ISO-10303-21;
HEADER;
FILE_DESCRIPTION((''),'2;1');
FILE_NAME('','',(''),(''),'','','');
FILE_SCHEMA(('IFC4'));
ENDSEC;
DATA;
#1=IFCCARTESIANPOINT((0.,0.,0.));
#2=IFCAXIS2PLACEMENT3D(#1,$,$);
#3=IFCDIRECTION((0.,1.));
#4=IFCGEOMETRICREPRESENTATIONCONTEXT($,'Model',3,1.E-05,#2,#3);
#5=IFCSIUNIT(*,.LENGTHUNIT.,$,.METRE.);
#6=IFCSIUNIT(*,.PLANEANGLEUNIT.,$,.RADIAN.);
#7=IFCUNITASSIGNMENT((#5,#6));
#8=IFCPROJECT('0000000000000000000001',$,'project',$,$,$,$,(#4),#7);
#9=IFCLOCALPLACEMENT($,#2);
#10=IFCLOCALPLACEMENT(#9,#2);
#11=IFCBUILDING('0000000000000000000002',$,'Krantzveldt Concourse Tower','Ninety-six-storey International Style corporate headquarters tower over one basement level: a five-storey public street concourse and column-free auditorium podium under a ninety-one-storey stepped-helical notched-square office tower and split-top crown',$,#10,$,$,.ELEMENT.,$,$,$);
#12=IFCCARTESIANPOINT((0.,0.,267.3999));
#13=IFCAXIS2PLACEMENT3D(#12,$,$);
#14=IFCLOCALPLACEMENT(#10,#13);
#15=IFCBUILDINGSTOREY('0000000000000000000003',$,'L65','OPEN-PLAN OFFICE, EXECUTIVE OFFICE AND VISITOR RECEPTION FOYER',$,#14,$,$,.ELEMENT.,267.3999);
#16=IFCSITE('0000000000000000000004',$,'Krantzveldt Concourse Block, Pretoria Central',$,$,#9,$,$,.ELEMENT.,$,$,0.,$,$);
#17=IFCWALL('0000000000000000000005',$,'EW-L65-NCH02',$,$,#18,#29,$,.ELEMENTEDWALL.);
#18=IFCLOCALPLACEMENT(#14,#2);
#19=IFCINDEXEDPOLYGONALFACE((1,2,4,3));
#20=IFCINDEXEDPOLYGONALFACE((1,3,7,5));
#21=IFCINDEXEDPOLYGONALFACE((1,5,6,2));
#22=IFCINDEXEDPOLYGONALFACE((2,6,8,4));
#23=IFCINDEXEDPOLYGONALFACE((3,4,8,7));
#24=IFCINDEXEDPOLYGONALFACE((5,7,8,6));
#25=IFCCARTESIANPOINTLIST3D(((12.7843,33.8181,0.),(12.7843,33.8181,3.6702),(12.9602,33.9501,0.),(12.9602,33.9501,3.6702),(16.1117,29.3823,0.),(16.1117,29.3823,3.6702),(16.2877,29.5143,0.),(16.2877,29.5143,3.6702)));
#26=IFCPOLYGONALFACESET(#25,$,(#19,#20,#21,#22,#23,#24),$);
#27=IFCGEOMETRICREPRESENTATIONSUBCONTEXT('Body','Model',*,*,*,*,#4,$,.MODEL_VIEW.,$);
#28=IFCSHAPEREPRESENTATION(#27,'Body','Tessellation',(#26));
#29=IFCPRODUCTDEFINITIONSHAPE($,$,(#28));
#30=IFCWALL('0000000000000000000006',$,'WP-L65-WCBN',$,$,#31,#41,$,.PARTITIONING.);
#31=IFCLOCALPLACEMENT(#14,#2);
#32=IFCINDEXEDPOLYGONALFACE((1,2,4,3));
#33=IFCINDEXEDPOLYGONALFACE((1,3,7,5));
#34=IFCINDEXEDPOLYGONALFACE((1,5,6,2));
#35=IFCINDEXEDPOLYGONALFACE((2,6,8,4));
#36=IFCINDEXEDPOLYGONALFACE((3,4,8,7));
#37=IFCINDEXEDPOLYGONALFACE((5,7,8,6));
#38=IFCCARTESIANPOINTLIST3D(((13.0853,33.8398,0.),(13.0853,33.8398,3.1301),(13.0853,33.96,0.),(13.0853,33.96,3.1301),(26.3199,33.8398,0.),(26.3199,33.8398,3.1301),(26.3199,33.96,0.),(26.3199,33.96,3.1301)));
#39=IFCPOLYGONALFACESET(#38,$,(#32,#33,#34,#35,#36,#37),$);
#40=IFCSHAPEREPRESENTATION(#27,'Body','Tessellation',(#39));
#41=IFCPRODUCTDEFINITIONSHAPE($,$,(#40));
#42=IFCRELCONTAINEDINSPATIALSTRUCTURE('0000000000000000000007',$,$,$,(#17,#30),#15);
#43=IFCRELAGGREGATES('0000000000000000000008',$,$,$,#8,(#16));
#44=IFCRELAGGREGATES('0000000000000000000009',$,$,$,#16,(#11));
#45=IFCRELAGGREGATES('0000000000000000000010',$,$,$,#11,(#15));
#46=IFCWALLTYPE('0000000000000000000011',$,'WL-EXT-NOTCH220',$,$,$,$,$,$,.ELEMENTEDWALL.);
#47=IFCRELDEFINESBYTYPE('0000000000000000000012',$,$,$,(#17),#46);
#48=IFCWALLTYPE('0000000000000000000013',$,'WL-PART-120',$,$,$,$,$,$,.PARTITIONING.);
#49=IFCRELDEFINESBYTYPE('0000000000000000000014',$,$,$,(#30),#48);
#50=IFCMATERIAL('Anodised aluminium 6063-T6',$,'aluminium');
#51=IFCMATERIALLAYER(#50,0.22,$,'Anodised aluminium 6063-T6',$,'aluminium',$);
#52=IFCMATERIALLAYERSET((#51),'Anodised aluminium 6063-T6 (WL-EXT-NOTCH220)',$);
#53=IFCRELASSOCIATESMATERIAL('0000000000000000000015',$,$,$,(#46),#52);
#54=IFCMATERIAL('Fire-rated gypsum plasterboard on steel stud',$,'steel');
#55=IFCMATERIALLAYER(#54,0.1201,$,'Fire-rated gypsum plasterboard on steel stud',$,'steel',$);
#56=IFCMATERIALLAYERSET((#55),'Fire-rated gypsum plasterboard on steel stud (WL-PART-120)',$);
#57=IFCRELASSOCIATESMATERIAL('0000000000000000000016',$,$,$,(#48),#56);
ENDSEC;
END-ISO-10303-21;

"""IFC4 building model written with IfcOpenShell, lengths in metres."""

from ifc_helpers import new_model, si_unit, direction, frame, frame_2d, origin, place, context, subcontext, project, spatial, rectangle, extrude, material, layer, layer_set, type_object, element, save


model = new_model("IFC4")

# Units and contexts
model_context = context("Model", 3, precision=1e-05, world=origin(), true_north=direction((0.0, 1.0)))
body_context = subcontext(model_context, "Body", "Model", "MODEL_VIEW")
ifc_project = project(units=[si_unit("LENGTHUNIT", "METRE"), si_unit("PLANEANGLEUNIT", "RADIAN")], contexts=[model_context])

# Site, building, storey
site_placement = place(None, origin())
site = spatial("IfcSite", under=ifc_project, at=site_placement, Name="Krantzveldt Concourse Block, Pretoria Central", CompositionType="ELEMENT", RefElevation=0.0)
building_placement = place(site_placement, origin())
building = spatial("IfcBuilding", under=site, at=building_placement, Name="Krantzveldt Concourse Tower", Description="Ninety-six-storey International Style corporate headquarters tower over one basement level: a five-storey public street concourse and column-free auditorium podium under a ninety-one-storey stepped-helical notched-square office tower and split-top crown", CompositionType="ELEMENT")
storey_placement = place(building_placement, frame((0.0, 0.0, 267.3999)))
storey = spatial("IfcBuildingStorey", under=building, at=storey_placement, Name="L65", Description="OPEN-PLAN OFFICE, EXECUTIVE OFFICE AND VISITOR RECEPTION FOYER", CompositionType="ELEMENT", Elevation=267.3999)

# Shared definitions
ifc_material_1 = material(Name="Anodised aluminium 6063-T6", Category="aluminium")

# Walls
ifc_layer_1 = layer(ifc_material_1, 0.22, Name="Anodised aluminium 6063-T6", Category="aluminium")
ifc_layer_set_1 = layer_set([ifc_layer_1], Name="Anodised aluminium 6063-T6 (WL-EXT-NOTCH220)")
wall_type_1 = type_object("IfcWallType", Name="WL-EXT-NOTCH220", PredefinedType="ELEMENTEDWALL", material=ifc_layer_set_1)
wall_1_placement = place(storey_placement, frame((12.8723, 33.884, 0.0), z_axis=(0.0, 0.0, 1.0), x_axis=(0.600063, -0.799952, 0.0)))
element("IfcWall", 1, at=wall_1_placement, inside=storey, type_object=wall_type_1, Name="EW-L65-NCH02", PredefinedType="ELEMENTEDWALL", context=body_context, shape_type="SweptSolid", body=[
    extrude(rectangle(XDim=5.5452, YDim=0.22, at=frame_2d((2.7725, 0.0))), origin(), (0.0, 0.0, 1.0), 3.6702),
])
ifc_material_2 = material(Name="Fire-rated gypsum plasterboard on steel stud", Category="steel")
ifc_layer_2 = layer(ifc_material_2, 0.1201, Name="Fire-rated gypsum plasterboard on steel stud", Category="steel")
ifc_layer_set_2 = layer_set([ifc_layer_2], Name="Fire-rated gypsum plasterboard on steel stud (WL-PART-120)")
wall_type_2 = type_object("IfcWallType", Name="WL-PART-120", PredefinedType="PARTITIONING", material=ifc_layer_set_2)
wall_2_placement = place(storey_placement, frame((13.0854, 33.8999, 0.0), z_axis=(0.0, 0.0, 1.0), x_axis=(1.0, 0.0, 0.0)))
element("IfcWall", 2, at=wall_2_placement, inside=storey, type_object=wall_type_2, Name="WP-L65-WCBN", PredefinedType="PARTITIONING", context=body_context, shape_type="SweptSolid", body=[
    extrude(rectangle(XDim=13.2346, YDim=0.1201, at=frame_2d((6.6172, 0.0))), origin(), (0.0, 0.0, 1.0), 3.1301),
])

save(model, "model.ifc")
